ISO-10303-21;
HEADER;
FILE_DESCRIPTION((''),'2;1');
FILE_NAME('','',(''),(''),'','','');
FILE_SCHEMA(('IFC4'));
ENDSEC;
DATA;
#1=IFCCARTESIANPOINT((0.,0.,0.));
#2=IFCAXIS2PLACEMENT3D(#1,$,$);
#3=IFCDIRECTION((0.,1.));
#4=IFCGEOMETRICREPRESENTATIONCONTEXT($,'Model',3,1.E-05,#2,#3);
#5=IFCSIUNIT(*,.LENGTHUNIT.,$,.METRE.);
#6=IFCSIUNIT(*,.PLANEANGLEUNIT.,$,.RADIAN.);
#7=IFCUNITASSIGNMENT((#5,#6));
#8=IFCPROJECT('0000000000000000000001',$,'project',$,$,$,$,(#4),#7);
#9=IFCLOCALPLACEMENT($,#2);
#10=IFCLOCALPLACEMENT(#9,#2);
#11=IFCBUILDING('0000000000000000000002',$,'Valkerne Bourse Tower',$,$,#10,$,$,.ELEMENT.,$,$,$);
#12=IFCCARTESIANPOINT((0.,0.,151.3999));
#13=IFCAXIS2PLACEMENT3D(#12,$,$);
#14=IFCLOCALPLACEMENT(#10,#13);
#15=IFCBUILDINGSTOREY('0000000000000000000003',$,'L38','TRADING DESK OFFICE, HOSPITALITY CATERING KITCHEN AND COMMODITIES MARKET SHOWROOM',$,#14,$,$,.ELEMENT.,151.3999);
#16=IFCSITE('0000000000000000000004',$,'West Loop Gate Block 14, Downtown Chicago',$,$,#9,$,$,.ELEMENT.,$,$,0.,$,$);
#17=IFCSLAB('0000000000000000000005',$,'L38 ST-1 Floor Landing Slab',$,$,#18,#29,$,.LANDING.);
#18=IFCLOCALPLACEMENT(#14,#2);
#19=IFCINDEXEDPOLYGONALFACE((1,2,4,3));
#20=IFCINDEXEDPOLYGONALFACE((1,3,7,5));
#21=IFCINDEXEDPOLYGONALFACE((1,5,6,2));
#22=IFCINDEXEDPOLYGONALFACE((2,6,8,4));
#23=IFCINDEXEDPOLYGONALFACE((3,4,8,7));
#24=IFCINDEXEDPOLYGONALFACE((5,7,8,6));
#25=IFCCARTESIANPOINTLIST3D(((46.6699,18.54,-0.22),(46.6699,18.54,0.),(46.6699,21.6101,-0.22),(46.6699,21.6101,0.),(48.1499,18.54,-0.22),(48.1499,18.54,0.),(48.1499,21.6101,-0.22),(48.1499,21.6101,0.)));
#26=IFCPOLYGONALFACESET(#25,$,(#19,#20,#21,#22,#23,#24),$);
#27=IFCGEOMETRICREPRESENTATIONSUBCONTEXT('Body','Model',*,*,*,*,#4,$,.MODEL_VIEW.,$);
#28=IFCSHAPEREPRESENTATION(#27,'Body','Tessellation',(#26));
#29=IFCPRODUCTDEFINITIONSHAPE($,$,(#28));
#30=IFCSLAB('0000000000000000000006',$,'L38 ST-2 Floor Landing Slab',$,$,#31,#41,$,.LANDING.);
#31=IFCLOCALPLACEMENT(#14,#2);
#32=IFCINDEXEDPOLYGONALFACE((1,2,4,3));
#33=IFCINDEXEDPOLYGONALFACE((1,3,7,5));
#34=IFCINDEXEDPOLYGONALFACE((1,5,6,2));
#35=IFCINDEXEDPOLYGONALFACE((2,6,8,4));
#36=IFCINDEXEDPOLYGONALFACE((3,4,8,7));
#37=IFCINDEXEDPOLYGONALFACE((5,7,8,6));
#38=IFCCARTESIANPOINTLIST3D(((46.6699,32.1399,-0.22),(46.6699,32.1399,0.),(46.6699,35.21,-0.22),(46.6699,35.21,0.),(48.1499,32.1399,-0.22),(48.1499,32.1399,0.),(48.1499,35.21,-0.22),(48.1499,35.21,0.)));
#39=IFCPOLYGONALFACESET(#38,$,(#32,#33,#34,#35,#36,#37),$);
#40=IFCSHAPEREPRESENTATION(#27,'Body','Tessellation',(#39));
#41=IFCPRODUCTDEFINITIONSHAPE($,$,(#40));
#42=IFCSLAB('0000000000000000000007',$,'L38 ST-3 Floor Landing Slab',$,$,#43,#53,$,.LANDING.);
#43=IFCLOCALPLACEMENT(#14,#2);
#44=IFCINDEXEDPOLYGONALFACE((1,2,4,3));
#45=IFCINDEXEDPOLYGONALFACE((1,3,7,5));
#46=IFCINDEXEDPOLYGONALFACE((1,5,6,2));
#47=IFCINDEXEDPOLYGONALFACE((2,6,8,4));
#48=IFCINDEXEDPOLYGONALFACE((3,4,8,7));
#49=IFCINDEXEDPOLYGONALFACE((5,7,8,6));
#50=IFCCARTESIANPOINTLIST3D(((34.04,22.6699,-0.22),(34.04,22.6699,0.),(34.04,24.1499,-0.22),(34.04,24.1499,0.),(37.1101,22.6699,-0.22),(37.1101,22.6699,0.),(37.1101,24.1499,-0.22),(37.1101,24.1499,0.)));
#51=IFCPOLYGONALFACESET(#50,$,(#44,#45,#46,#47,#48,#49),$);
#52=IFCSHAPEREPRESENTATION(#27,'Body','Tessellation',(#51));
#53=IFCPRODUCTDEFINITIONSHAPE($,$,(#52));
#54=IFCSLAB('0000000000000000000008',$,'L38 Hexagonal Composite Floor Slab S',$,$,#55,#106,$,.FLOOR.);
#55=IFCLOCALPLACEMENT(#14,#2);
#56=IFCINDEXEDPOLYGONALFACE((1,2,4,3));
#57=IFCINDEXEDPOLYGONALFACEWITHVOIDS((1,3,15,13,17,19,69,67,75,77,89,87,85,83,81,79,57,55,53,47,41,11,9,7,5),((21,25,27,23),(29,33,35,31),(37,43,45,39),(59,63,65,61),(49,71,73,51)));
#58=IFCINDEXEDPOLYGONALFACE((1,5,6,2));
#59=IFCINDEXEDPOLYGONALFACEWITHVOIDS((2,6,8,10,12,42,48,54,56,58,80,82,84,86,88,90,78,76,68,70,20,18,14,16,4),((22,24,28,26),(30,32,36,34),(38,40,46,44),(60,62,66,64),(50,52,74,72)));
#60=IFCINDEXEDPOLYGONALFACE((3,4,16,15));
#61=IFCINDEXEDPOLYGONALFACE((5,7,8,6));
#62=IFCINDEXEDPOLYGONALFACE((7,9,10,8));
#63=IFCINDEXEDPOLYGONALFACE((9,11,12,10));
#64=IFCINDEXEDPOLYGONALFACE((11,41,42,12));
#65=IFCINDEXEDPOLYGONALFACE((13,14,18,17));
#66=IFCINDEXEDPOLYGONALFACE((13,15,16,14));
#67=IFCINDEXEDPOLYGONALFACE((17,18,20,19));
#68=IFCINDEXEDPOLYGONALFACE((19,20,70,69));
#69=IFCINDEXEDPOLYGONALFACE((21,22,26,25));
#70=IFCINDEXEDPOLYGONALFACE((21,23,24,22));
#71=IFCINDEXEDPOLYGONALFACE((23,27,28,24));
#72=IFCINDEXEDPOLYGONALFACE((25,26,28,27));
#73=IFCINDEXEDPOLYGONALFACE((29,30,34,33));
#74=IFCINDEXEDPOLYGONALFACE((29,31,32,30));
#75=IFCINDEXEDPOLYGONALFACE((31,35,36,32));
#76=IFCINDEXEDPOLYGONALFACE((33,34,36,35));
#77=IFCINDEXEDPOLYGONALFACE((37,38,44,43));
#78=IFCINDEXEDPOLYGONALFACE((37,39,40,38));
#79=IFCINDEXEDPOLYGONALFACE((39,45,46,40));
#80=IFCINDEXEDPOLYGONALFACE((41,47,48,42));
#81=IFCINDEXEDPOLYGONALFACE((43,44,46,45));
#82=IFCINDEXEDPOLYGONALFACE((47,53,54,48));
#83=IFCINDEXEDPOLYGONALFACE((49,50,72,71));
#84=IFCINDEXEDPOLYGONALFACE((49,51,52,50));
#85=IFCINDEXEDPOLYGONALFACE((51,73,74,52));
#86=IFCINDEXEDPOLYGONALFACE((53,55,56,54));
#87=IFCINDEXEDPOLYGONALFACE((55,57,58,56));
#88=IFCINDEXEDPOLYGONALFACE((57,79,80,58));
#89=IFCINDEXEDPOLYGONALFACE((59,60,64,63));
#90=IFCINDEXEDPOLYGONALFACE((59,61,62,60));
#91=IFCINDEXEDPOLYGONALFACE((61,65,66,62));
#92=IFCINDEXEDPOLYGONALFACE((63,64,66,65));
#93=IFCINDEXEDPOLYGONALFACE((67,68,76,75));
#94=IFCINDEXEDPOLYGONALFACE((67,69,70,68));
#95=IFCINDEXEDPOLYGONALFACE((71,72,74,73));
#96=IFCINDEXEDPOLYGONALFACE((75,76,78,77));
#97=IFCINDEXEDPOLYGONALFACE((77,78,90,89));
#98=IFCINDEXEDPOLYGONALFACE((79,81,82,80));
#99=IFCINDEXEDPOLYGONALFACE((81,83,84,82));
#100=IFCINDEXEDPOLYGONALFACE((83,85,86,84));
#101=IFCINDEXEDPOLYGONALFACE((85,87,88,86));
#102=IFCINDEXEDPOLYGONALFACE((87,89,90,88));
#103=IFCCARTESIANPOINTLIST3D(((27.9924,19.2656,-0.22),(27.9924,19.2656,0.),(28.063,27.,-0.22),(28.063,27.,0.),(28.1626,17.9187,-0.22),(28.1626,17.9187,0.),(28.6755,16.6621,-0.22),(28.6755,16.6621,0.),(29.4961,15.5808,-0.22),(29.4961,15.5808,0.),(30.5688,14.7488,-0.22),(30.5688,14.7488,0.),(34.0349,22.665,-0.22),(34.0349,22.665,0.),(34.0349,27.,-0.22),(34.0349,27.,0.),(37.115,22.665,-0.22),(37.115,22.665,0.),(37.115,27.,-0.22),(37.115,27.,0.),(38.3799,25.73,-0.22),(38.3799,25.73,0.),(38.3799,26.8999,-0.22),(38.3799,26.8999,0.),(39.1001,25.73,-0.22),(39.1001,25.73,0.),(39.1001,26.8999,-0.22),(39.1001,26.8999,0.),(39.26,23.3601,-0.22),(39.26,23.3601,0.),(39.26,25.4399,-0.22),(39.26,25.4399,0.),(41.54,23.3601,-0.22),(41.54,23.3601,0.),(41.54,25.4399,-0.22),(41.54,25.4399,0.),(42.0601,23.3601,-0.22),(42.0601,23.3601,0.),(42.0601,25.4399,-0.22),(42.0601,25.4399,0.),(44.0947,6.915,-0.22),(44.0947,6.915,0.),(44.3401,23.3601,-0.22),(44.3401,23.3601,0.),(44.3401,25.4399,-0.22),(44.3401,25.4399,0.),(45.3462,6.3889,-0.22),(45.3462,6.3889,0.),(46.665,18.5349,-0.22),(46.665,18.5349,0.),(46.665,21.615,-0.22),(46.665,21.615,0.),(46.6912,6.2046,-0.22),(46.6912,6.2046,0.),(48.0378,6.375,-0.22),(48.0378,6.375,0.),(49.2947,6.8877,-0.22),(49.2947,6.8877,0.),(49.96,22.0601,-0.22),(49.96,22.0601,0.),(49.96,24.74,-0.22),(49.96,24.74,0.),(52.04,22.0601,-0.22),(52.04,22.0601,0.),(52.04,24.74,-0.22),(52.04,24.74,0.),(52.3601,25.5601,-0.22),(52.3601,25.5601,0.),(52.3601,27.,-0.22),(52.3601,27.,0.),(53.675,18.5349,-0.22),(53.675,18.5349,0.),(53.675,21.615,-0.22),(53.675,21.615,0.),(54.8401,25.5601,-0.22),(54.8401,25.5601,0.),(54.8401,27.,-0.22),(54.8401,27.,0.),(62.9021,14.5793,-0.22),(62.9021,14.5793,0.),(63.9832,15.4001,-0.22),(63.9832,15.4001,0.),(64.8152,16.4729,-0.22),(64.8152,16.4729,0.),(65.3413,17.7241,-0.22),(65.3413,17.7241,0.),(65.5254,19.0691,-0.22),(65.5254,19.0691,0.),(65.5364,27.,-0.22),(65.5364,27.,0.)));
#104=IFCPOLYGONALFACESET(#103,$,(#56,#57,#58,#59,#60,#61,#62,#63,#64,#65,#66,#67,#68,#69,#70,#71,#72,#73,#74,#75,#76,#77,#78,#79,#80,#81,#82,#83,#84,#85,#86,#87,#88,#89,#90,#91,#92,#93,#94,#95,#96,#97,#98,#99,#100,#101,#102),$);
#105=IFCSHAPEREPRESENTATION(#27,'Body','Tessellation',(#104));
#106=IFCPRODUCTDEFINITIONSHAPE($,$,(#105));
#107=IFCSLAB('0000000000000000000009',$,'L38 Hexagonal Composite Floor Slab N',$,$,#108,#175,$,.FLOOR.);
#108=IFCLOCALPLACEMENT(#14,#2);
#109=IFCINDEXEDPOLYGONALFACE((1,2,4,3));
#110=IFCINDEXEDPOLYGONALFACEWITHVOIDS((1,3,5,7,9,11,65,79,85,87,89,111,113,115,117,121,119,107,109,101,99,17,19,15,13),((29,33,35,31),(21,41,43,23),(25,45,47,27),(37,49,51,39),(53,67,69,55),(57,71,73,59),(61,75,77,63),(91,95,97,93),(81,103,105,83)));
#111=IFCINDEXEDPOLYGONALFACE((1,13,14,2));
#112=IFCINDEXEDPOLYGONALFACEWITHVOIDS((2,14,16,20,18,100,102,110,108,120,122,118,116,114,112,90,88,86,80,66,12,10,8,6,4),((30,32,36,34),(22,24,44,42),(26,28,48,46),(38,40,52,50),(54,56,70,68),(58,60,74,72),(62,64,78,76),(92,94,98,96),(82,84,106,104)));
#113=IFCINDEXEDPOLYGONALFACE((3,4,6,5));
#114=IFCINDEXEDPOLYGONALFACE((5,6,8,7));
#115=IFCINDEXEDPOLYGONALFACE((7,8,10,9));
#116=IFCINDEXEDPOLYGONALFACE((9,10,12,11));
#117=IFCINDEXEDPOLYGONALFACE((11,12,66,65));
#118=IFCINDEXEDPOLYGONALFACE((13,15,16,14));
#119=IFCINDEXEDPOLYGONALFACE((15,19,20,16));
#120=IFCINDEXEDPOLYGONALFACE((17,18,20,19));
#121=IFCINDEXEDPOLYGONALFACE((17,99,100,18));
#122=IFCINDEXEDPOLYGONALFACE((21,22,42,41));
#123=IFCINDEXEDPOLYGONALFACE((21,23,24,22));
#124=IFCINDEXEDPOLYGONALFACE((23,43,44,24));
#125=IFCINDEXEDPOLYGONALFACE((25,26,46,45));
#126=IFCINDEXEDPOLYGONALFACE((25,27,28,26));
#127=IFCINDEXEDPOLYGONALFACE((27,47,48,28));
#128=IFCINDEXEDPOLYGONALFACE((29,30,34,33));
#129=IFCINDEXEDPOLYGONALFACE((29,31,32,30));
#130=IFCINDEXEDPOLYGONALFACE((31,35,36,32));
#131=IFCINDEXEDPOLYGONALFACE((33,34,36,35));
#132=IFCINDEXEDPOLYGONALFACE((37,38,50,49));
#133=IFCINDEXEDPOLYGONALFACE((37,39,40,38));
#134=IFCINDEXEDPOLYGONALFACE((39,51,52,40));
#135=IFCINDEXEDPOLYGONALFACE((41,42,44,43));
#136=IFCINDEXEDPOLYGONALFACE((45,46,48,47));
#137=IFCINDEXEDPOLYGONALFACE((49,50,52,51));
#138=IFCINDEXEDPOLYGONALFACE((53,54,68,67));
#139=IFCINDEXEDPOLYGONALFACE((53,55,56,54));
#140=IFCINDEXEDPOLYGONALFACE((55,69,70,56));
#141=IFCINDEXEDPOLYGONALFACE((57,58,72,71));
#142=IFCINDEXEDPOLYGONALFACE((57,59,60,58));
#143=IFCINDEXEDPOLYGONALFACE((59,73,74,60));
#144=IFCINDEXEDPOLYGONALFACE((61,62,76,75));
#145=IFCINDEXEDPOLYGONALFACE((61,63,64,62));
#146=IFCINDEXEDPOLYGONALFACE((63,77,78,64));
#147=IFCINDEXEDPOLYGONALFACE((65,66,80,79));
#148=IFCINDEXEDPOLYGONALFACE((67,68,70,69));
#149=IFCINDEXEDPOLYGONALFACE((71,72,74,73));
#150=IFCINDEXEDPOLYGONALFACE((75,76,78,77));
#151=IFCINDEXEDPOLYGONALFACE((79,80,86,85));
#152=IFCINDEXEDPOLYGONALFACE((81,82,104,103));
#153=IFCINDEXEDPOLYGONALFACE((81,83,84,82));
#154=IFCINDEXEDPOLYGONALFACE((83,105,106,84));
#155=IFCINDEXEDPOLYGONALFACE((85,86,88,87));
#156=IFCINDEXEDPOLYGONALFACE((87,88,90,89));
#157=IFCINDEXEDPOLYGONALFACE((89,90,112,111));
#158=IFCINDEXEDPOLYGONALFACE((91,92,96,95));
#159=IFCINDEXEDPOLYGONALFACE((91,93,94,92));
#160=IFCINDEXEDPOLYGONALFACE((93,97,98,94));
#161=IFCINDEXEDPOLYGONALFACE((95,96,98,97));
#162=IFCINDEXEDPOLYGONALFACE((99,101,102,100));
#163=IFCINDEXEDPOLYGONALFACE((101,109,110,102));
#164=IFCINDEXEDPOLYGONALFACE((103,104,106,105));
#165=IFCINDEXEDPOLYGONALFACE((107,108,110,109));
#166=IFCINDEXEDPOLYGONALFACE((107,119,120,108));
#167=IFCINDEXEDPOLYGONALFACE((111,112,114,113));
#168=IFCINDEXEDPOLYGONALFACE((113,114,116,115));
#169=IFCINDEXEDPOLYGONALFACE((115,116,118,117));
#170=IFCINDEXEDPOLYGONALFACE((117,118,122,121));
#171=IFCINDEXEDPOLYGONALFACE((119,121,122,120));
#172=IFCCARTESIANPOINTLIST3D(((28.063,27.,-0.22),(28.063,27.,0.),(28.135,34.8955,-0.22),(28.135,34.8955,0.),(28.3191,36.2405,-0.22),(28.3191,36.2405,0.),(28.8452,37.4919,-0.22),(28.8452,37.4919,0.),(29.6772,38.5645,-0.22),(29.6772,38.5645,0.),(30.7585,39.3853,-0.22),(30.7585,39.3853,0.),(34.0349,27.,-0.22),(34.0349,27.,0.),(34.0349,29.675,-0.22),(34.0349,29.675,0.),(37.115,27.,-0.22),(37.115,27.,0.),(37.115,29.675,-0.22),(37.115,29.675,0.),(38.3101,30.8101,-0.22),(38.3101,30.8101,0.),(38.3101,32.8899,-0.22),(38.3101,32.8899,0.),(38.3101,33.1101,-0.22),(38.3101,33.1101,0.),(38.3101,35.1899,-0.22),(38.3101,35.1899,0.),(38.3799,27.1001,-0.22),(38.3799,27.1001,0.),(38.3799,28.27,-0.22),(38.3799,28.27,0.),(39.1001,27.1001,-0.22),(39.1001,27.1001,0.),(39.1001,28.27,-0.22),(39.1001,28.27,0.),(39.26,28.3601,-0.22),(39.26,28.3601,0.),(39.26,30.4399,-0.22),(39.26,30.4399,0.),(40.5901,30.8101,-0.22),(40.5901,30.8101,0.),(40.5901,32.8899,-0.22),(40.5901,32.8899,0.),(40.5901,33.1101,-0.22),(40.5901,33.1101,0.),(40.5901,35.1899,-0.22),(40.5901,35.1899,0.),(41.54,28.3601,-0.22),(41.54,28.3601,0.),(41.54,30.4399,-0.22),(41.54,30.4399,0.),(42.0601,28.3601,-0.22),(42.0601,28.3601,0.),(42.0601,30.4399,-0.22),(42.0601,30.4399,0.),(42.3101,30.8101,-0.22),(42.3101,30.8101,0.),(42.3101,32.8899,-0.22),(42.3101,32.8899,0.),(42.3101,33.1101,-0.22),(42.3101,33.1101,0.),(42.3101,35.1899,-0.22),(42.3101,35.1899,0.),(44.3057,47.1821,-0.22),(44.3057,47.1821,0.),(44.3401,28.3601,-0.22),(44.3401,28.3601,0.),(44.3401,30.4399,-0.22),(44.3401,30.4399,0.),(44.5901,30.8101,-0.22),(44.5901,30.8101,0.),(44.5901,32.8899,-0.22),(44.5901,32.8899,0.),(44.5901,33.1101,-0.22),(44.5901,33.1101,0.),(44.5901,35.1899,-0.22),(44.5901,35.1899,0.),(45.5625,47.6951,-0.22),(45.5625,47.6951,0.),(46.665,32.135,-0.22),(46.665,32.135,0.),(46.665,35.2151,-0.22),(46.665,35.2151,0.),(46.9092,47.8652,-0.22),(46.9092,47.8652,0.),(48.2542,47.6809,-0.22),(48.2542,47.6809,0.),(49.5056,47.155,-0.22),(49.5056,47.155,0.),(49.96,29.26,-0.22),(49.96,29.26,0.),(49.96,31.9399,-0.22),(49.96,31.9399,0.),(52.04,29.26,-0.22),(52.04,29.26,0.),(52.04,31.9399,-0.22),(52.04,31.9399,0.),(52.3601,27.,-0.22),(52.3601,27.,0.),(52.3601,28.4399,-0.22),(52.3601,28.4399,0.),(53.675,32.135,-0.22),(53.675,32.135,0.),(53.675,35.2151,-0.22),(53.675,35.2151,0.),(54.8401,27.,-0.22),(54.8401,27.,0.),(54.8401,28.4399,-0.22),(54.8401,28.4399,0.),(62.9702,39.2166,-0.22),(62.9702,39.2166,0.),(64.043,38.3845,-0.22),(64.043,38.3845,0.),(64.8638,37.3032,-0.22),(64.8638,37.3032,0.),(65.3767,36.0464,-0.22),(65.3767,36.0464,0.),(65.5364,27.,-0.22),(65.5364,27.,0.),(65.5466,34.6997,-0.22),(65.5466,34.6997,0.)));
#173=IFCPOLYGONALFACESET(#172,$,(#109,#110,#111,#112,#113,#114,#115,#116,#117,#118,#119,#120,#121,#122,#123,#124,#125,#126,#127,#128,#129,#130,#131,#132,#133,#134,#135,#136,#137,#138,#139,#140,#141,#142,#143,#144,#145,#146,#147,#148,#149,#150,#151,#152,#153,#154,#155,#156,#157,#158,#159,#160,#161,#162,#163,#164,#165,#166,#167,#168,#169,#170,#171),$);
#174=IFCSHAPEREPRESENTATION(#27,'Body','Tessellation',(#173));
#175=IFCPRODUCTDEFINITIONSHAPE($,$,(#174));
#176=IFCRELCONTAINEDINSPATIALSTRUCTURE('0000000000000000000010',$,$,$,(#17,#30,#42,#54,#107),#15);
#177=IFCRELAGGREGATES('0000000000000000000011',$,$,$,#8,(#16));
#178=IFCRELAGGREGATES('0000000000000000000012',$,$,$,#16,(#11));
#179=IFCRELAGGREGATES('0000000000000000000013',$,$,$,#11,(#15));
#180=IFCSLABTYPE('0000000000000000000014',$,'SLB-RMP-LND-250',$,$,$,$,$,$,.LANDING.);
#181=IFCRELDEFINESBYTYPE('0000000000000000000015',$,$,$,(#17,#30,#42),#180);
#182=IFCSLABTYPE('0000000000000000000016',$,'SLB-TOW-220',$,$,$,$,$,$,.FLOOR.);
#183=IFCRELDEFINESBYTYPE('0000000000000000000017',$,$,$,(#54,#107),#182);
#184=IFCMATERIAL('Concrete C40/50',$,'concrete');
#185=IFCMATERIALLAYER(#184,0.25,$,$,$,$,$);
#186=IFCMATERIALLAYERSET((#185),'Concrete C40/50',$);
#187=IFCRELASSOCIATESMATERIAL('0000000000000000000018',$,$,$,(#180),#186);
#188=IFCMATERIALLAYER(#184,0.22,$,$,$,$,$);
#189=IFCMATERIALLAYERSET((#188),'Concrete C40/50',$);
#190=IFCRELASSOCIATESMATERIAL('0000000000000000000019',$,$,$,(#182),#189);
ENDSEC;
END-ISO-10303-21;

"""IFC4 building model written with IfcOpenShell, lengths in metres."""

from ifc_helpers import new_model, si_unit, direction, frame, origin, place, context, subcontext, project, spatial, polyline, outline, extrude, material, layer, layer_set, type_object, element, save


model = new_model("IFC4")

# Units and contexts
model_context = context("Model", 3, precision=1e-05, world=origin(), true_north=direction((0.0, 1.0)))
body_context = subcontext(model_context, "Body", "Model", "MODEL_VIEW")
ifc_project = project(units=[si_unit("LENGTHUNIT", "METRE"), si_unit("PLANEANGLEUNIT", "RADIAN")], contexts=[model_context])

# Site, building, storey
site_placement = place(None, origin())
site = spatial("IfcSite", under=ifc_project, at=site_placement, Name="West Loop Gate Block 14, Downtown Chicago", CompositionType="ELEMENT", RefElevation=0.0)
building_placement = place(site_placement, origin())
building = spatial("IfcBuilding", under=site, at=building_placement, Name="Valkerne Bourse Tower", CompositionType="ELEMENT")
storey_placement = place(building_placement, frame((0.0, 0.0, 151.3999)))
storey = spatial("IfcBuildingStorey", under=building, at=storey_placement, Name="L38", Description="TRADING DESK OFFICE, HOSPITALITY CATERING KITCHEN AND COMMODITIES MARKET SHOWROOM", CompositionType="ELEMENT", Elevation=151.3999)

# Slabs
ifc_material_1 = material(Name="Concrete C40/50", Category="concrete")
ifc_layer_1 = layer(ifc_material_1, 0.25)
ifc_layer_set_1 = layer_set([ifc_layer_1], Name="Concrete C40/50")
slab_type_1 = type_object("IfcSlabType", Name="SLB-RMP-LND-250", PredefinedType="LANDING", material=ifc_layer_set_1)
slab_1_placement = place(storey_placement, frame((0.0, 0.0, -0.22)))
element("IfcSlab", 1, at=slab_1_placement, inside=storey, type_object=slab_type_1, Name="L38 ST-1 Floor Landing Slab", PredefinedType="LANDING", context=body_context, shape_type="SweptSolid", body=[
    extrude(outline(polyline([(46.6699, 18.54), (48.1499, 18.54), (48.1499, 21.6101), (46.6699, 21.6101), (46.6699, 18.54)])), origin(), (0.0, 0.0, 1.0), 0.22),
])
slab_2_placement = place(storey_placement, frame((0.0, 0.0, -0.22)))
element("IfcSlab", 2, at=slab_2_placement, inside=storey, type_object=slab_type_1, Name="L38 ST-2 Floor Landing Slab", PredefinedType="LANDING", context=body_context, shape_type="SweptSolid", body=[
    extrude(outline(polyline([(46.6699, 32.1399), (48.1499, 32.1399), (48.1499, 35.21), (46.6699, 35.21), (46.6699, 32.1399)])), origin(), (0.0, 0.0, 1.0), 0.22),
])
slab_3_placement = place(storey_placement, frame((0.0, 0.0, -0.22)))
element("IfcSlab", 3, at=slab_3_placement, inside=storey, type_object=slab_type_1, Name="L38 ST-3 Floor Landing Slab", PredefinedType="LANDING", context=body_context, shape_type="SweptSolid", body=[
    extrude(outline(polyline([(37.1101, 22.6699), (37.1101, 24.1499), (34.04, 24.1499), (34.04, 22.6699), (37.1101, 22.6699)])), origin(), (0.0, 0.0, 1.0), 0.22),
])
ifc_layer_2 = layer(ifc_material_1, 0.22)
ifc_layer_set_2 = layer_set([ifc_layer_2], Name="Concrete C40/50")
slab_type_2 = type_object("IfcSlabType", Name="SLB-TOW-220", PredefinedType="FLOOR", material=ifc_layer_set_2)
slab_4_placement = place(storey_placement, frame((0.0, 0.0, -0.22)))
element("IfcSlab", 4, at=slab_4_placement, inside=storey, type_object=slab_type_2, Name="L38 Hexagonal Composite Floor Slab S", PredefinedType="FLOOR", context=body_context, shape_type="SweptSolid", body=[
    extrude(outline(polyline([(65.3413, 17.7241), (64.8152, 16.4729), (63.9832, 15.4001), (62.9021, 14.5793), (49.2947, 6.8877), (48.0378, 6.375), (46.6912, 6.2046), (45.3462, 6.3889), (44.0947, 6.915), (30.5688, 14.7488), (29.4961, 15.5808), (28.6755, 16.6621), (28.1626, 17.9187), (27.9924, 19.2656), (28.063, 27.0), (34.0349, 27.0), (34.0349, 22.665), (37.115, 22.665), (37.115, 27.0), (52.3601, 27.0), (52.3601, 25.5601), (54.8401, 25.5601), (54.8401, 27.0), (65.5364, 27.0), (65.5254, 19.0691), (65.3413, 17.7241)]), holes=[polyline([(41.54, 25.4399), (39.26, 25.4399), (39.26, 23.3601), (41.54, 23.3601), (41.54, 25.4399)]), polyline([(44.3401, 25.4399), (42.0601, 25.4399), (42.0601, 23.3601), (44.3401, 23.3601), (44.3401, 25.4399)]), polyline([(39.1001, 26.8999), (38.3799, 26.8999), (38.3799, 25.73), (39.1001, 25.73), (39.1001, 26.8999)]), polyline([(53.675, 21.615), (46.665, 21.615), (46.665, 18.5349), (53.675, 18.5349), (53.675, 21.615)]), polyline([(52.04, 24.74), (49.96, 24.74), (49.96, 22.0601), (52.04, 22.0601), (52.04, 24.74)])]), origin(), (0.0, 0.0, 1.0), 0.22),
])
slab_5_placement = place(storey_placement, frame((0.0, 0.0, -0.22)))
element("IfcSlab", 5, at=slab_5_placement, inside=storey, type_object=slab_type_2, Name="L38 Hexagonal Composite Floor Slab N", PredefinedType="FLOOR", context=body_context, shape_type="SweptSolid", body=[
    extrude(outline(polyline([(28.135, 34.8955), (28.3191, 36.2405), (28.8452, 37.4919), (29.6772, 38.5645), (30.7585, 39.3853), (44.3057, 47.1821), (45.5625, 47.6951), (46.9092, 47.8652), (48.2542, 47.6809), (49.5056, 47.155), (62.9702, 39.2166), (64.043, 38.3845), (64.8638, 37.3032), (65.3767, 36.0464), (65.5466, 34.6997), (65.5364, 27.0), (54.8401, 27.0), (54.8401, 28.4399), (52.3601, 28.4399), (52.3601, 27.0), (37.115, 27.0), (37.115, 29.675), (34.0349, 29.675), (34.0349, 27.0), (28.063, 27.0), (28.135, 34.8955)]), holes=[polyline([(39.1001, 28.27), (38.3799, 28.27), (38.3799, 27.1001), (39.1001, 27.1001), (39.1001, 28.27)]), polyline([(41.54, 30.4399), (39.26, 30.4399), (39.26, 28.3601), (41.54, 28.3601), (41.54, 30.4399)]), polyline([(40.5901, 32.8899), (38.3101, 32.8899), (38.3101, 30.8101), (40.5901, 30.8101), (40.5901, 32.8899)]), polyline([(40.5901, 35.1899), (38.3101, 35.1899), (38.3101, 33.1101), (40.5901, 33.1101), (40.5901, 35.1899)]), polyline([(44.3401, 30.4399), (42.0601, 30.4399), (42.0601, 28.3601), (44.3401, 28.3601), (44.3401, 30.4399)]), polyline([(52.04, 31.9399), (49.96, 31.9399), (49.96, 29.26), (52.04, 29.26), (52.04, 31.9399)]), polyline([(44.5901, 32.8899), (42.3101, 32.8899), (42.3101, 30.8101), (44.5901, 30.8101), (44.5901, 32.8899)]), polyline([(53.675, 35.2151), (46.665, 35.2151), (46.665, 32.135), (53.675, 32.135), (53.675, 35.2151)]), polyline([(44.5901, 35.1899), (42.3101, 35.1899), (42.3101, 33.1101), (44.5901, 33.1101), (44.5901, 35.1899)])]), origin(), (0.0, 0.0, 1.0), 0.22),
])

save(model, "model.ifc")
